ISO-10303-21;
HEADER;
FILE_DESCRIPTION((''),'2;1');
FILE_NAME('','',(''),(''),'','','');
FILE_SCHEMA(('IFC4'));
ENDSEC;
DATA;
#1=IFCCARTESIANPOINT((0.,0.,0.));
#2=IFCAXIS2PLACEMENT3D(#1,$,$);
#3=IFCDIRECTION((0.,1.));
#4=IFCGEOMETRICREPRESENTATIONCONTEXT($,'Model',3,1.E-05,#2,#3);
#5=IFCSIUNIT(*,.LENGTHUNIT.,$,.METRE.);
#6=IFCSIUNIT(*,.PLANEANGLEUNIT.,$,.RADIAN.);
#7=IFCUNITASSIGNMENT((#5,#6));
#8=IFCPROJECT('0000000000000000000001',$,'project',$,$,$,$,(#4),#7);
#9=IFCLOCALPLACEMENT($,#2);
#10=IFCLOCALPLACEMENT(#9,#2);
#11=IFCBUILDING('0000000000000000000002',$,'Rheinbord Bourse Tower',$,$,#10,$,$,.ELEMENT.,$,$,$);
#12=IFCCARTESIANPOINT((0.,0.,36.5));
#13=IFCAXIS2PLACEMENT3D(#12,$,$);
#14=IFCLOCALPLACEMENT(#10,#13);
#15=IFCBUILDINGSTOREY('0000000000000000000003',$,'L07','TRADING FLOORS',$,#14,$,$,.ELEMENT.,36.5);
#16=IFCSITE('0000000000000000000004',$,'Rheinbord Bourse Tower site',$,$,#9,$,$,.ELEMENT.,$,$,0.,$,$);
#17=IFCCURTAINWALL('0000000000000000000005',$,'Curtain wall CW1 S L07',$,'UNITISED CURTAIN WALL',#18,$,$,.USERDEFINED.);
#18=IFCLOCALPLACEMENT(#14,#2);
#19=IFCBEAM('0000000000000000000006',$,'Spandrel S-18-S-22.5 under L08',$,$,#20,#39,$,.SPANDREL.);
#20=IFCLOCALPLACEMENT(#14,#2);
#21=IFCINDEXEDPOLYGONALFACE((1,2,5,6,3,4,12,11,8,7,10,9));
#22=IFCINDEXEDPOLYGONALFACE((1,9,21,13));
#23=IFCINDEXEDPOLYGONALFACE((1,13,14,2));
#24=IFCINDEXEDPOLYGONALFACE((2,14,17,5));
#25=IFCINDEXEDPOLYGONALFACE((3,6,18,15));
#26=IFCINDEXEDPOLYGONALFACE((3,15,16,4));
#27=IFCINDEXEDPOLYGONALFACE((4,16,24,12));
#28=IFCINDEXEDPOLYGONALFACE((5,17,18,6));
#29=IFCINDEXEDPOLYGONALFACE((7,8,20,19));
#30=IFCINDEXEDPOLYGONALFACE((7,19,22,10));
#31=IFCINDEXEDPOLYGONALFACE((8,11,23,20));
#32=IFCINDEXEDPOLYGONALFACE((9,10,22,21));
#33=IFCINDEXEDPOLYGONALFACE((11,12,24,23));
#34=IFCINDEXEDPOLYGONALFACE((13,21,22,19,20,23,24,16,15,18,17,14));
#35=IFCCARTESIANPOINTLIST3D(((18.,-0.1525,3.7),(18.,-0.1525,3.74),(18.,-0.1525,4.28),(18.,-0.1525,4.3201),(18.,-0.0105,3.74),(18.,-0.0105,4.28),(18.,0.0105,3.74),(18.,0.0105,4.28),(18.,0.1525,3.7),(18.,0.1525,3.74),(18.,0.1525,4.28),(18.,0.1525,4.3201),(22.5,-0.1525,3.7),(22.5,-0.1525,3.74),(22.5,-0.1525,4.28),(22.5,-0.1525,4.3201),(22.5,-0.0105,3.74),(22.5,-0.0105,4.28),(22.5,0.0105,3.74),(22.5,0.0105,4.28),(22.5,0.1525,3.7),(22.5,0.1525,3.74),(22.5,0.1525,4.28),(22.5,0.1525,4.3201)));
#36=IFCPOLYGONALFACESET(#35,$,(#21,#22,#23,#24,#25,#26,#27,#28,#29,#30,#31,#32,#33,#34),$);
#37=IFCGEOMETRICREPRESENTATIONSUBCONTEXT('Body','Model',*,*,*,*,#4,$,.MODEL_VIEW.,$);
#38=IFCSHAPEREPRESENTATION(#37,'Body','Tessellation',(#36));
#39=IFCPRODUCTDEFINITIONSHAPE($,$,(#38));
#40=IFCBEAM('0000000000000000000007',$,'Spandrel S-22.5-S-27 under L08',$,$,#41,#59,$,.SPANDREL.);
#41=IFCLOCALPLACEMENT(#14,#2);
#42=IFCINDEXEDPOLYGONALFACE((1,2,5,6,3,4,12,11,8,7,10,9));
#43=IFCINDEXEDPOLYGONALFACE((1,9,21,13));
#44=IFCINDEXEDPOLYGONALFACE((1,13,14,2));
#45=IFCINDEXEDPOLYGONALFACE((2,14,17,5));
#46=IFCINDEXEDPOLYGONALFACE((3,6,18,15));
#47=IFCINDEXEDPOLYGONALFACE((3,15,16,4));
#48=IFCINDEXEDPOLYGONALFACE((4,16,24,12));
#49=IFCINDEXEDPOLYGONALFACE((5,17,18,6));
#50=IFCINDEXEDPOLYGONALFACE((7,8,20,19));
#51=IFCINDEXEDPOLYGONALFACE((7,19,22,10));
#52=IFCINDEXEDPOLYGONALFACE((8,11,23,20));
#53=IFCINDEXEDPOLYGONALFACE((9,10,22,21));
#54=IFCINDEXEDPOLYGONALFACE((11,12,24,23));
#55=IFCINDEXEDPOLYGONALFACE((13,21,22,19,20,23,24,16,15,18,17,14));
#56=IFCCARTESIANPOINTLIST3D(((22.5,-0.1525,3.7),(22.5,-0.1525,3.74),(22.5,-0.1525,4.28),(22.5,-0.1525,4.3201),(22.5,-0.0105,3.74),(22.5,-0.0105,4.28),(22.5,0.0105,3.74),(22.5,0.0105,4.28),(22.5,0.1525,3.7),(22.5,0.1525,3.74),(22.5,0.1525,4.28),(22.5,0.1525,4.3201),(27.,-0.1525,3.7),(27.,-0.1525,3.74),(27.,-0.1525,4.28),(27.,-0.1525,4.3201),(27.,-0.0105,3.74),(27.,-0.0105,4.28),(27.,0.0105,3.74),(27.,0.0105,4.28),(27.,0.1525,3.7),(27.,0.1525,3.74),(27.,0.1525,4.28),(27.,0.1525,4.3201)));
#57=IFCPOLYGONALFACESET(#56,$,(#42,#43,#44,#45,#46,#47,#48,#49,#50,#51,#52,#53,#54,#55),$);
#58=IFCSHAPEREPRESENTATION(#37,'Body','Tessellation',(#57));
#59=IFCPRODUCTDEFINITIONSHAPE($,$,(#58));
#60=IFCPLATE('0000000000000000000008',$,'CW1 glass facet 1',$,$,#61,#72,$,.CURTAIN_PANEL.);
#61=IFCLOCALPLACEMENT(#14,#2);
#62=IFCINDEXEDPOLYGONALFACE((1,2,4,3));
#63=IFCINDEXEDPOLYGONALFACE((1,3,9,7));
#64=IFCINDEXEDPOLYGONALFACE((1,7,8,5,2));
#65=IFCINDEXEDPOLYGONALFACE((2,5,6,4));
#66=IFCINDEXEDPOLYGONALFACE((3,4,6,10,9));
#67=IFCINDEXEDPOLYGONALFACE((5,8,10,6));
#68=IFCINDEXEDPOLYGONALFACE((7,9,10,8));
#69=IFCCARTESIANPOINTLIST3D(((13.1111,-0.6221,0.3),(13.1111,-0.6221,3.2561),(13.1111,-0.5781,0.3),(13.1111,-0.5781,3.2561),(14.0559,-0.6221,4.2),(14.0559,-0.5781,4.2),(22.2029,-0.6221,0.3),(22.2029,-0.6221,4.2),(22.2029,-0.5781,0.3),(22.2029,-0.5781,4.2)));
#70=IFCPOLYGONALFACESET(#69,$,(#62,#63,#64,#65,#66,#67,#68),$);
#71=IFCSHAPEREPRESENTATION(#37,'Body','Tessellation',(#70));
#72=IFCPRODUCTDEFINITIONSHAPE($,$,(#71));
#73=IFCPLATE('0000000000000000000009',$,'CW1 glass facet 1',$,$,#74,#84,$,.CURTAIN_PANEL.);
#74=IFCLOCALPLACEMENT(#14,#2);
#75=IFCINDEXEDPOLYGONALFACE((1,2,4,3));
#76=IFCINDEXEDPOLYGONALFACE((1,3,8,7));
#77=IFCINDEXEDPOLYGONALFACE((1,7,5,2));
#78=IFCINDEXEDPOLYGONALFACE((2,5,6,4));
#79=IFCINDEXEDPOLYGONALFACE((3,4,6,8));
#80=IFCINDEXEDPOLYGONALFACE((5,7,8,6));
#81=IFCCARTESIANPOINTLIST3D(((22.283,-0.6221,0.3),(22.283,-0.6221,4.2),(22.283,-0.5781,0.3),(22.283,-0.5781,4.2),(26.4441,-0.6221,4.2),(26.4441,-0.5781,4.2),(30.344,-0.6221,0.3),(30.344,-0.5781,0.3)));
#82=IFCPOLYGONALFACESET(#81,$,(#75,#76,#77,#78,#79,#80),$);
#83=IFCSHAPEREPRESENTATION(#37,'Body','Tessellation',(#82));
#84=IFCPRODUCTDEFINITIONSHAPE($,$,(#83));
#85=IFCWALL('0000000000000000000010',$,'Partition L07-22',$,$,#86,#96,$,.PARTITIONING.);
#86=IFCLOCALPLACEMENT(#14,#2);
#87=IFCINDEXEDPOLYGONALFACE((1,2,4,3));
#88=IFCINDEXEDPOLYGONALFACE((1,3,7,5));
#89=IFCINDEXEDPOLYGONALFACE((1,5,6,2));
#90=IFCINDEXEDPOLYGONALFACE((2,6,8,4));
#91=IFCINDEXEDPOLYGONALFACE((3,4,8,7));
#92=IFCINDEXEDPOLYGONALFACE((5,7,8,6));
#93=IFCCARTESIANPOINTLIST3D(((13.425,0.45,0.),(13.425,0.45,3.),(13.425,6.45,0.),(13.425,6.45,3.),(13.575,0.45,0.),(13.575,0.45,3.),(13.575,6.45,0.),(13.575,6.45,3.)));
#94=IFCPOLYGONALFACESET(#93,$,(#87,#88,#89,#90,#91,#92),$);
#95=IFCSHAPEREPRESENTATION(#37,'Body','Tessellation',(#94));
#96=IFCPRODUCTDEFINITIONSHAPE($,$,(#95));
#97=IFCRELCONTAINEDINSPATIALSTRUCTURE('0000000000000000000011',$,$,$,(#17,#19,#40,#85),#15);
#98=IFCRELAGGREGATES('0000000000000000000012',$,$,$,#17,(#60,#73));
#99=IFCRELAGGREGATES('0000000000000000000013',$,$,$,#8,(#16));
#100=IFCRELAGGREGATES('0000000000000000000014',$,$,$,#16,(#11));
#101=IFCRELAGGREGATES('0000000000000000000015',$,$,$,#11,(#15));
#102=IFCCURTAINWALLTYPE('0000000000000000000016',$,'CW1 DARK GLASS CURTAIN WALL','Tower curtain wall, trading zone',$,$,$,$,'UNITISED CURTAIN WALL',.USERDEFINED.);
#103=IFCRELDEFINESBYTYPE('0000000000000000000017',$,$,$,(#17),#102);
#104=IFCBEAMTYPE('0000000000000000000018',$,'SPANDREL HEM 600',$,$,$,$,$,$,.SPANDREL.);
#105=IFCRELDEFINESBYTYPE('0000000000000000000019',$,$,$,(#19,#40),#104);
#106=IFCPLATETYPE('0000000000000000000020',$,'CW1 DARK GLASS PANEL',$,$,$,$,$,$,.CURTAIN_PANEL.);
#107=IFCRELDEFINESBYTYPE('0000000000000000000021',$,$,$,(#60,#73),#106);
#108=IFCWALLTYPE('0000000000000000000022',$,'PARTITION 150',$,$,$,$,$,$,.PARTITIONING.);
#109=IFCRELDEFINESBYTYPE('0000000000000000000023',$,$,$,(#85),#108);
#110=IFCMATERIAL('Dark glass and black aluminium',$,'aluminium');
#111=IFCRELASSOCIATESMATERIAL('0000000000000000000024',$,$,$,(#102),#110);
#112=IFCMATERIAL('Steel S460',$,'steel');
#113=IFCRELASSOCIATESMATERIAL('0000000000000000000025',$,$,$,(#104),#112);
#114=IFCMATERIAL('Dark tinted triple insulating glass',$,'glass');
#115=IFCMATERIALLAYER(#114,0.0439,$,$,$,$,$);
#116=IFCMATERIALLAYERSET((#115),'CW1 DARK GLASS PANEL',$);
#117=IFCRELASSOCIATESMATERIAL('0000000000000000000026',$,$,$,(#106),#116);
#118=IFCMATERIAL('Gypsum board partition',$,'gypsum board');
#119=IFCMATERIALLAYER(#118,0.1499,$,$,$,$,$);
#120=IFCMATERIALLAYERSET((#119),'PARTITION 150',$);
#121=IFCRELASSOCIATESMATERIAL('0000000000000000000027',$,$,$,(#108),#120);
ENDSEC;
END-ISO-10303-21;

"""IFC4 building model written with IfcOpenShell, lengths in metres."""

from ifc_helpers import new_model, si_unit, direction, frame, frame_2d, origin, origin_2d, place, context, subcontext, project, spatial, polyline, rectangle, i_section, outline, extrude, material, layer, layer_set, material_profile, profile_set, type_object, element, aggregate, save


model = new_model("IFC4")

# Units and contexts
model_context = context("Model", 3, precision=1e-05, world=origin(), true_north=direction((0.0, 1.0)))
body_context = subcontext(model_context, "Body", "Model", "MODEL_VIEW")
ifc_project = project(units=[si_unit("LENGTHUNIT", "METRE"), si_unit("PLANEANGLEUNIT", "RADIAN")], contexts=[model_context])

# Site, building, storey
site_placement = place(None, origin())
site = spatial("IfcSite", under=ifc_project, at=site_placement, Name="Rheinbord Bourse Tower site", CompositionType="ELEMENT", RefElevation=0.0)
building_placement = place(site_placement, origin())
building = spatial("IfcBuilding", under=site, at=building_placement, Name="Rheinbord Bourse Tower", CompositionType="ELEMENT")
storey_placement = place(building_placement, frame((0.0, 0.0, 36.5)))
storey = spatial("IfcBuildingStorey", under=building, at=storey_placement, Name="L07", Description="TRADING FLOORS", CompositionType="ELEMENT", Elevation=36.5)

# Curtain wall
ifc_material_1 = material(Name="Dark glass and black aluminium", Category="aluminium")
curtain_wall_type = type_object("IfcCurtainWallType", Name="CW1 DARK GLASS CURTAIN WALL", Description="Tower curtain wall, trading zone", ElementType="UNITISED CURTAIN WALL", PredefinedType="USERDEFINED", material=ifc_material_1)
curtain_wall_placement = place(storey_placement, origin())
curtain_wall = element("IfcCurtainWall", 1, at=curtain_wall_placement, inside=storey, type_object=curtain_wall_type, Name="Curtain wall CW1 S L07", ObjectType="UNITISED CURTAIN WALL", PredefinedType="USERDEFINED")

# Beams
ifc_material_2 = material(Name="Steel S460", Category="steel")
ifc_material_profile_1 = material_profile(ifc_material_2, i_section(OverallWidth=0.3049, OverallDepth=0.6201, WebThickness=0.021, FlangeThickness=0.04, at=origin_2d()), Name="HEM 600")
ifc_profile_set_1 = profile_set([ifc_material_profile_1], Name="Steel S460")
beam_type_1 = type_object("IfcBeamType", Name="SPANDREL HEM 600", PredefinedType="SPANDREL", material=ifc_profile_set_1)
for number, where, z_axis, x_axis, name in (
    (2, (18.0, 0.0, 4.01), (1.0, 0.0, 0.0), (0.0, 1.0, 0.0), "Spandrel S-18-S-22.5 under L08"),
    (3, (22.5, 0.0, 4.01), (1.0, 0.0, 0.0), (0.0, 1.0, 0.0), "Spandrel S-22.5-S-27 under L08"),
):
    element("IfcBeam", number, at=place(storey_placement, frame(where, z_axis=z_axis, x_axis=x_axis)), inside=storey, type_object=beam_type_1, Name=name, PredefinedType="SPANDREL", context=body_context, shape_type="SweptSolid", body=[
        extrude(i_section(OverallWidth=0.3049, OverallDepth=0.6201, WebThickness=0.021, FlangeThickness=0.04, at=origin_2d()), origin(), (0.0, 0.0, 1.0), 4.5),
    ])

# Plates
ifc_material_3 = material(Name="Dark tinted triple insulating glass", Category="glass")
ifc_layer_1 = layer(ifc_material_3, 0.0439)
ifc_layer_set_1 = layer_set([ifc_layer_1], Name="CW1 DARK GLASS PANEL")
plate_type = type_object("IfcPlateType", Name="CW1 DARK GLASS PANEL", PredefinedType="CURTAIN_PANEL", material=ifc_layer_set_1)
plate_1_placement = place(storey_placement, frame((22.2029, -0.6221, 4.2), z_axis=(0.0, 1.0, 0.0), x_axis=(0.0, 0.0, -1.0)))
plate_1 = element("IfcPlate", 4, at=plate_1_placement, type_object=plate_type, Name="CW1 glass facet 1", PredefinedType="CURTAIN_PANEL", context=body_context, shape_type="SweptSolid", body=[
    extrude(outline(polyline([(0.0, 0.0), (3.8999, 0.0), (3.8999, 9.0918), (0.9438, 9.0918), (0.0, 8.147), (0.0, 0.0)])), origin(), (0.0, 0.0, 1.0), 0.0439),
])
plate_2_placement = place(storey_placement, frame((22.283, -0.6221, 0.3), z_axis=(0.0, 1.0, 0.0), x_axis=(0.0, 0.0, 1.0)))
plate_2 = element("IfcPlate", 5, at=plate_2_placement, type_object=plate_type, Name="CW1 glass facet 1", PredefinedType="CURTAIN_PANEL", context=body_context, shape_type="SweptSolid", body=[
    extrude(outline(polyline([(0.0, 0.0), (3.8999, 0.0), (3.8999, 4.1611), (0.0, 8.061), (0.0, 0.0)])), origin(), (0.0, 0.0, 1.0), 0.0439),
])
aggregate(curtain_wall, [plate_1, plate_2])

# Wall
ifc_material_4 = material(Name="Gypsum board partition", Category="gypsum board")
ifc_layer_2 = layer(ifc_material_4, 0.1499)
ifc_layer_set_2 = layer_set([ifc_layer_2], Name="PARTITION 150")
wall_type = type_object("IfcWallType", Name="PARTITION 150", PredefinedType="PARTITIONING", material=ifc_layer_set_2)
wall_placement = place(storey_placement, frame((13.5, 0.45, 0.0), z_axis=(0.0, 0.0, 1.0), x_axis=(0.0, 1.0, 0.0)))
element("IfcWall", 6, at=wall_placement, inside=storey, type_object=wall_type, Name="Partition L07-22", PredefinedType="PARTITIONING", context=body_context, shape_type="SweptSolid", body=[
    extrude(rectangle(XDim=6.0, YDim=0.1499, at=frame_2d((3.0, 0.0))), origin(), (0.0, 0.0, 1.0), 3.0),
])

save(model, "model.ifc")
